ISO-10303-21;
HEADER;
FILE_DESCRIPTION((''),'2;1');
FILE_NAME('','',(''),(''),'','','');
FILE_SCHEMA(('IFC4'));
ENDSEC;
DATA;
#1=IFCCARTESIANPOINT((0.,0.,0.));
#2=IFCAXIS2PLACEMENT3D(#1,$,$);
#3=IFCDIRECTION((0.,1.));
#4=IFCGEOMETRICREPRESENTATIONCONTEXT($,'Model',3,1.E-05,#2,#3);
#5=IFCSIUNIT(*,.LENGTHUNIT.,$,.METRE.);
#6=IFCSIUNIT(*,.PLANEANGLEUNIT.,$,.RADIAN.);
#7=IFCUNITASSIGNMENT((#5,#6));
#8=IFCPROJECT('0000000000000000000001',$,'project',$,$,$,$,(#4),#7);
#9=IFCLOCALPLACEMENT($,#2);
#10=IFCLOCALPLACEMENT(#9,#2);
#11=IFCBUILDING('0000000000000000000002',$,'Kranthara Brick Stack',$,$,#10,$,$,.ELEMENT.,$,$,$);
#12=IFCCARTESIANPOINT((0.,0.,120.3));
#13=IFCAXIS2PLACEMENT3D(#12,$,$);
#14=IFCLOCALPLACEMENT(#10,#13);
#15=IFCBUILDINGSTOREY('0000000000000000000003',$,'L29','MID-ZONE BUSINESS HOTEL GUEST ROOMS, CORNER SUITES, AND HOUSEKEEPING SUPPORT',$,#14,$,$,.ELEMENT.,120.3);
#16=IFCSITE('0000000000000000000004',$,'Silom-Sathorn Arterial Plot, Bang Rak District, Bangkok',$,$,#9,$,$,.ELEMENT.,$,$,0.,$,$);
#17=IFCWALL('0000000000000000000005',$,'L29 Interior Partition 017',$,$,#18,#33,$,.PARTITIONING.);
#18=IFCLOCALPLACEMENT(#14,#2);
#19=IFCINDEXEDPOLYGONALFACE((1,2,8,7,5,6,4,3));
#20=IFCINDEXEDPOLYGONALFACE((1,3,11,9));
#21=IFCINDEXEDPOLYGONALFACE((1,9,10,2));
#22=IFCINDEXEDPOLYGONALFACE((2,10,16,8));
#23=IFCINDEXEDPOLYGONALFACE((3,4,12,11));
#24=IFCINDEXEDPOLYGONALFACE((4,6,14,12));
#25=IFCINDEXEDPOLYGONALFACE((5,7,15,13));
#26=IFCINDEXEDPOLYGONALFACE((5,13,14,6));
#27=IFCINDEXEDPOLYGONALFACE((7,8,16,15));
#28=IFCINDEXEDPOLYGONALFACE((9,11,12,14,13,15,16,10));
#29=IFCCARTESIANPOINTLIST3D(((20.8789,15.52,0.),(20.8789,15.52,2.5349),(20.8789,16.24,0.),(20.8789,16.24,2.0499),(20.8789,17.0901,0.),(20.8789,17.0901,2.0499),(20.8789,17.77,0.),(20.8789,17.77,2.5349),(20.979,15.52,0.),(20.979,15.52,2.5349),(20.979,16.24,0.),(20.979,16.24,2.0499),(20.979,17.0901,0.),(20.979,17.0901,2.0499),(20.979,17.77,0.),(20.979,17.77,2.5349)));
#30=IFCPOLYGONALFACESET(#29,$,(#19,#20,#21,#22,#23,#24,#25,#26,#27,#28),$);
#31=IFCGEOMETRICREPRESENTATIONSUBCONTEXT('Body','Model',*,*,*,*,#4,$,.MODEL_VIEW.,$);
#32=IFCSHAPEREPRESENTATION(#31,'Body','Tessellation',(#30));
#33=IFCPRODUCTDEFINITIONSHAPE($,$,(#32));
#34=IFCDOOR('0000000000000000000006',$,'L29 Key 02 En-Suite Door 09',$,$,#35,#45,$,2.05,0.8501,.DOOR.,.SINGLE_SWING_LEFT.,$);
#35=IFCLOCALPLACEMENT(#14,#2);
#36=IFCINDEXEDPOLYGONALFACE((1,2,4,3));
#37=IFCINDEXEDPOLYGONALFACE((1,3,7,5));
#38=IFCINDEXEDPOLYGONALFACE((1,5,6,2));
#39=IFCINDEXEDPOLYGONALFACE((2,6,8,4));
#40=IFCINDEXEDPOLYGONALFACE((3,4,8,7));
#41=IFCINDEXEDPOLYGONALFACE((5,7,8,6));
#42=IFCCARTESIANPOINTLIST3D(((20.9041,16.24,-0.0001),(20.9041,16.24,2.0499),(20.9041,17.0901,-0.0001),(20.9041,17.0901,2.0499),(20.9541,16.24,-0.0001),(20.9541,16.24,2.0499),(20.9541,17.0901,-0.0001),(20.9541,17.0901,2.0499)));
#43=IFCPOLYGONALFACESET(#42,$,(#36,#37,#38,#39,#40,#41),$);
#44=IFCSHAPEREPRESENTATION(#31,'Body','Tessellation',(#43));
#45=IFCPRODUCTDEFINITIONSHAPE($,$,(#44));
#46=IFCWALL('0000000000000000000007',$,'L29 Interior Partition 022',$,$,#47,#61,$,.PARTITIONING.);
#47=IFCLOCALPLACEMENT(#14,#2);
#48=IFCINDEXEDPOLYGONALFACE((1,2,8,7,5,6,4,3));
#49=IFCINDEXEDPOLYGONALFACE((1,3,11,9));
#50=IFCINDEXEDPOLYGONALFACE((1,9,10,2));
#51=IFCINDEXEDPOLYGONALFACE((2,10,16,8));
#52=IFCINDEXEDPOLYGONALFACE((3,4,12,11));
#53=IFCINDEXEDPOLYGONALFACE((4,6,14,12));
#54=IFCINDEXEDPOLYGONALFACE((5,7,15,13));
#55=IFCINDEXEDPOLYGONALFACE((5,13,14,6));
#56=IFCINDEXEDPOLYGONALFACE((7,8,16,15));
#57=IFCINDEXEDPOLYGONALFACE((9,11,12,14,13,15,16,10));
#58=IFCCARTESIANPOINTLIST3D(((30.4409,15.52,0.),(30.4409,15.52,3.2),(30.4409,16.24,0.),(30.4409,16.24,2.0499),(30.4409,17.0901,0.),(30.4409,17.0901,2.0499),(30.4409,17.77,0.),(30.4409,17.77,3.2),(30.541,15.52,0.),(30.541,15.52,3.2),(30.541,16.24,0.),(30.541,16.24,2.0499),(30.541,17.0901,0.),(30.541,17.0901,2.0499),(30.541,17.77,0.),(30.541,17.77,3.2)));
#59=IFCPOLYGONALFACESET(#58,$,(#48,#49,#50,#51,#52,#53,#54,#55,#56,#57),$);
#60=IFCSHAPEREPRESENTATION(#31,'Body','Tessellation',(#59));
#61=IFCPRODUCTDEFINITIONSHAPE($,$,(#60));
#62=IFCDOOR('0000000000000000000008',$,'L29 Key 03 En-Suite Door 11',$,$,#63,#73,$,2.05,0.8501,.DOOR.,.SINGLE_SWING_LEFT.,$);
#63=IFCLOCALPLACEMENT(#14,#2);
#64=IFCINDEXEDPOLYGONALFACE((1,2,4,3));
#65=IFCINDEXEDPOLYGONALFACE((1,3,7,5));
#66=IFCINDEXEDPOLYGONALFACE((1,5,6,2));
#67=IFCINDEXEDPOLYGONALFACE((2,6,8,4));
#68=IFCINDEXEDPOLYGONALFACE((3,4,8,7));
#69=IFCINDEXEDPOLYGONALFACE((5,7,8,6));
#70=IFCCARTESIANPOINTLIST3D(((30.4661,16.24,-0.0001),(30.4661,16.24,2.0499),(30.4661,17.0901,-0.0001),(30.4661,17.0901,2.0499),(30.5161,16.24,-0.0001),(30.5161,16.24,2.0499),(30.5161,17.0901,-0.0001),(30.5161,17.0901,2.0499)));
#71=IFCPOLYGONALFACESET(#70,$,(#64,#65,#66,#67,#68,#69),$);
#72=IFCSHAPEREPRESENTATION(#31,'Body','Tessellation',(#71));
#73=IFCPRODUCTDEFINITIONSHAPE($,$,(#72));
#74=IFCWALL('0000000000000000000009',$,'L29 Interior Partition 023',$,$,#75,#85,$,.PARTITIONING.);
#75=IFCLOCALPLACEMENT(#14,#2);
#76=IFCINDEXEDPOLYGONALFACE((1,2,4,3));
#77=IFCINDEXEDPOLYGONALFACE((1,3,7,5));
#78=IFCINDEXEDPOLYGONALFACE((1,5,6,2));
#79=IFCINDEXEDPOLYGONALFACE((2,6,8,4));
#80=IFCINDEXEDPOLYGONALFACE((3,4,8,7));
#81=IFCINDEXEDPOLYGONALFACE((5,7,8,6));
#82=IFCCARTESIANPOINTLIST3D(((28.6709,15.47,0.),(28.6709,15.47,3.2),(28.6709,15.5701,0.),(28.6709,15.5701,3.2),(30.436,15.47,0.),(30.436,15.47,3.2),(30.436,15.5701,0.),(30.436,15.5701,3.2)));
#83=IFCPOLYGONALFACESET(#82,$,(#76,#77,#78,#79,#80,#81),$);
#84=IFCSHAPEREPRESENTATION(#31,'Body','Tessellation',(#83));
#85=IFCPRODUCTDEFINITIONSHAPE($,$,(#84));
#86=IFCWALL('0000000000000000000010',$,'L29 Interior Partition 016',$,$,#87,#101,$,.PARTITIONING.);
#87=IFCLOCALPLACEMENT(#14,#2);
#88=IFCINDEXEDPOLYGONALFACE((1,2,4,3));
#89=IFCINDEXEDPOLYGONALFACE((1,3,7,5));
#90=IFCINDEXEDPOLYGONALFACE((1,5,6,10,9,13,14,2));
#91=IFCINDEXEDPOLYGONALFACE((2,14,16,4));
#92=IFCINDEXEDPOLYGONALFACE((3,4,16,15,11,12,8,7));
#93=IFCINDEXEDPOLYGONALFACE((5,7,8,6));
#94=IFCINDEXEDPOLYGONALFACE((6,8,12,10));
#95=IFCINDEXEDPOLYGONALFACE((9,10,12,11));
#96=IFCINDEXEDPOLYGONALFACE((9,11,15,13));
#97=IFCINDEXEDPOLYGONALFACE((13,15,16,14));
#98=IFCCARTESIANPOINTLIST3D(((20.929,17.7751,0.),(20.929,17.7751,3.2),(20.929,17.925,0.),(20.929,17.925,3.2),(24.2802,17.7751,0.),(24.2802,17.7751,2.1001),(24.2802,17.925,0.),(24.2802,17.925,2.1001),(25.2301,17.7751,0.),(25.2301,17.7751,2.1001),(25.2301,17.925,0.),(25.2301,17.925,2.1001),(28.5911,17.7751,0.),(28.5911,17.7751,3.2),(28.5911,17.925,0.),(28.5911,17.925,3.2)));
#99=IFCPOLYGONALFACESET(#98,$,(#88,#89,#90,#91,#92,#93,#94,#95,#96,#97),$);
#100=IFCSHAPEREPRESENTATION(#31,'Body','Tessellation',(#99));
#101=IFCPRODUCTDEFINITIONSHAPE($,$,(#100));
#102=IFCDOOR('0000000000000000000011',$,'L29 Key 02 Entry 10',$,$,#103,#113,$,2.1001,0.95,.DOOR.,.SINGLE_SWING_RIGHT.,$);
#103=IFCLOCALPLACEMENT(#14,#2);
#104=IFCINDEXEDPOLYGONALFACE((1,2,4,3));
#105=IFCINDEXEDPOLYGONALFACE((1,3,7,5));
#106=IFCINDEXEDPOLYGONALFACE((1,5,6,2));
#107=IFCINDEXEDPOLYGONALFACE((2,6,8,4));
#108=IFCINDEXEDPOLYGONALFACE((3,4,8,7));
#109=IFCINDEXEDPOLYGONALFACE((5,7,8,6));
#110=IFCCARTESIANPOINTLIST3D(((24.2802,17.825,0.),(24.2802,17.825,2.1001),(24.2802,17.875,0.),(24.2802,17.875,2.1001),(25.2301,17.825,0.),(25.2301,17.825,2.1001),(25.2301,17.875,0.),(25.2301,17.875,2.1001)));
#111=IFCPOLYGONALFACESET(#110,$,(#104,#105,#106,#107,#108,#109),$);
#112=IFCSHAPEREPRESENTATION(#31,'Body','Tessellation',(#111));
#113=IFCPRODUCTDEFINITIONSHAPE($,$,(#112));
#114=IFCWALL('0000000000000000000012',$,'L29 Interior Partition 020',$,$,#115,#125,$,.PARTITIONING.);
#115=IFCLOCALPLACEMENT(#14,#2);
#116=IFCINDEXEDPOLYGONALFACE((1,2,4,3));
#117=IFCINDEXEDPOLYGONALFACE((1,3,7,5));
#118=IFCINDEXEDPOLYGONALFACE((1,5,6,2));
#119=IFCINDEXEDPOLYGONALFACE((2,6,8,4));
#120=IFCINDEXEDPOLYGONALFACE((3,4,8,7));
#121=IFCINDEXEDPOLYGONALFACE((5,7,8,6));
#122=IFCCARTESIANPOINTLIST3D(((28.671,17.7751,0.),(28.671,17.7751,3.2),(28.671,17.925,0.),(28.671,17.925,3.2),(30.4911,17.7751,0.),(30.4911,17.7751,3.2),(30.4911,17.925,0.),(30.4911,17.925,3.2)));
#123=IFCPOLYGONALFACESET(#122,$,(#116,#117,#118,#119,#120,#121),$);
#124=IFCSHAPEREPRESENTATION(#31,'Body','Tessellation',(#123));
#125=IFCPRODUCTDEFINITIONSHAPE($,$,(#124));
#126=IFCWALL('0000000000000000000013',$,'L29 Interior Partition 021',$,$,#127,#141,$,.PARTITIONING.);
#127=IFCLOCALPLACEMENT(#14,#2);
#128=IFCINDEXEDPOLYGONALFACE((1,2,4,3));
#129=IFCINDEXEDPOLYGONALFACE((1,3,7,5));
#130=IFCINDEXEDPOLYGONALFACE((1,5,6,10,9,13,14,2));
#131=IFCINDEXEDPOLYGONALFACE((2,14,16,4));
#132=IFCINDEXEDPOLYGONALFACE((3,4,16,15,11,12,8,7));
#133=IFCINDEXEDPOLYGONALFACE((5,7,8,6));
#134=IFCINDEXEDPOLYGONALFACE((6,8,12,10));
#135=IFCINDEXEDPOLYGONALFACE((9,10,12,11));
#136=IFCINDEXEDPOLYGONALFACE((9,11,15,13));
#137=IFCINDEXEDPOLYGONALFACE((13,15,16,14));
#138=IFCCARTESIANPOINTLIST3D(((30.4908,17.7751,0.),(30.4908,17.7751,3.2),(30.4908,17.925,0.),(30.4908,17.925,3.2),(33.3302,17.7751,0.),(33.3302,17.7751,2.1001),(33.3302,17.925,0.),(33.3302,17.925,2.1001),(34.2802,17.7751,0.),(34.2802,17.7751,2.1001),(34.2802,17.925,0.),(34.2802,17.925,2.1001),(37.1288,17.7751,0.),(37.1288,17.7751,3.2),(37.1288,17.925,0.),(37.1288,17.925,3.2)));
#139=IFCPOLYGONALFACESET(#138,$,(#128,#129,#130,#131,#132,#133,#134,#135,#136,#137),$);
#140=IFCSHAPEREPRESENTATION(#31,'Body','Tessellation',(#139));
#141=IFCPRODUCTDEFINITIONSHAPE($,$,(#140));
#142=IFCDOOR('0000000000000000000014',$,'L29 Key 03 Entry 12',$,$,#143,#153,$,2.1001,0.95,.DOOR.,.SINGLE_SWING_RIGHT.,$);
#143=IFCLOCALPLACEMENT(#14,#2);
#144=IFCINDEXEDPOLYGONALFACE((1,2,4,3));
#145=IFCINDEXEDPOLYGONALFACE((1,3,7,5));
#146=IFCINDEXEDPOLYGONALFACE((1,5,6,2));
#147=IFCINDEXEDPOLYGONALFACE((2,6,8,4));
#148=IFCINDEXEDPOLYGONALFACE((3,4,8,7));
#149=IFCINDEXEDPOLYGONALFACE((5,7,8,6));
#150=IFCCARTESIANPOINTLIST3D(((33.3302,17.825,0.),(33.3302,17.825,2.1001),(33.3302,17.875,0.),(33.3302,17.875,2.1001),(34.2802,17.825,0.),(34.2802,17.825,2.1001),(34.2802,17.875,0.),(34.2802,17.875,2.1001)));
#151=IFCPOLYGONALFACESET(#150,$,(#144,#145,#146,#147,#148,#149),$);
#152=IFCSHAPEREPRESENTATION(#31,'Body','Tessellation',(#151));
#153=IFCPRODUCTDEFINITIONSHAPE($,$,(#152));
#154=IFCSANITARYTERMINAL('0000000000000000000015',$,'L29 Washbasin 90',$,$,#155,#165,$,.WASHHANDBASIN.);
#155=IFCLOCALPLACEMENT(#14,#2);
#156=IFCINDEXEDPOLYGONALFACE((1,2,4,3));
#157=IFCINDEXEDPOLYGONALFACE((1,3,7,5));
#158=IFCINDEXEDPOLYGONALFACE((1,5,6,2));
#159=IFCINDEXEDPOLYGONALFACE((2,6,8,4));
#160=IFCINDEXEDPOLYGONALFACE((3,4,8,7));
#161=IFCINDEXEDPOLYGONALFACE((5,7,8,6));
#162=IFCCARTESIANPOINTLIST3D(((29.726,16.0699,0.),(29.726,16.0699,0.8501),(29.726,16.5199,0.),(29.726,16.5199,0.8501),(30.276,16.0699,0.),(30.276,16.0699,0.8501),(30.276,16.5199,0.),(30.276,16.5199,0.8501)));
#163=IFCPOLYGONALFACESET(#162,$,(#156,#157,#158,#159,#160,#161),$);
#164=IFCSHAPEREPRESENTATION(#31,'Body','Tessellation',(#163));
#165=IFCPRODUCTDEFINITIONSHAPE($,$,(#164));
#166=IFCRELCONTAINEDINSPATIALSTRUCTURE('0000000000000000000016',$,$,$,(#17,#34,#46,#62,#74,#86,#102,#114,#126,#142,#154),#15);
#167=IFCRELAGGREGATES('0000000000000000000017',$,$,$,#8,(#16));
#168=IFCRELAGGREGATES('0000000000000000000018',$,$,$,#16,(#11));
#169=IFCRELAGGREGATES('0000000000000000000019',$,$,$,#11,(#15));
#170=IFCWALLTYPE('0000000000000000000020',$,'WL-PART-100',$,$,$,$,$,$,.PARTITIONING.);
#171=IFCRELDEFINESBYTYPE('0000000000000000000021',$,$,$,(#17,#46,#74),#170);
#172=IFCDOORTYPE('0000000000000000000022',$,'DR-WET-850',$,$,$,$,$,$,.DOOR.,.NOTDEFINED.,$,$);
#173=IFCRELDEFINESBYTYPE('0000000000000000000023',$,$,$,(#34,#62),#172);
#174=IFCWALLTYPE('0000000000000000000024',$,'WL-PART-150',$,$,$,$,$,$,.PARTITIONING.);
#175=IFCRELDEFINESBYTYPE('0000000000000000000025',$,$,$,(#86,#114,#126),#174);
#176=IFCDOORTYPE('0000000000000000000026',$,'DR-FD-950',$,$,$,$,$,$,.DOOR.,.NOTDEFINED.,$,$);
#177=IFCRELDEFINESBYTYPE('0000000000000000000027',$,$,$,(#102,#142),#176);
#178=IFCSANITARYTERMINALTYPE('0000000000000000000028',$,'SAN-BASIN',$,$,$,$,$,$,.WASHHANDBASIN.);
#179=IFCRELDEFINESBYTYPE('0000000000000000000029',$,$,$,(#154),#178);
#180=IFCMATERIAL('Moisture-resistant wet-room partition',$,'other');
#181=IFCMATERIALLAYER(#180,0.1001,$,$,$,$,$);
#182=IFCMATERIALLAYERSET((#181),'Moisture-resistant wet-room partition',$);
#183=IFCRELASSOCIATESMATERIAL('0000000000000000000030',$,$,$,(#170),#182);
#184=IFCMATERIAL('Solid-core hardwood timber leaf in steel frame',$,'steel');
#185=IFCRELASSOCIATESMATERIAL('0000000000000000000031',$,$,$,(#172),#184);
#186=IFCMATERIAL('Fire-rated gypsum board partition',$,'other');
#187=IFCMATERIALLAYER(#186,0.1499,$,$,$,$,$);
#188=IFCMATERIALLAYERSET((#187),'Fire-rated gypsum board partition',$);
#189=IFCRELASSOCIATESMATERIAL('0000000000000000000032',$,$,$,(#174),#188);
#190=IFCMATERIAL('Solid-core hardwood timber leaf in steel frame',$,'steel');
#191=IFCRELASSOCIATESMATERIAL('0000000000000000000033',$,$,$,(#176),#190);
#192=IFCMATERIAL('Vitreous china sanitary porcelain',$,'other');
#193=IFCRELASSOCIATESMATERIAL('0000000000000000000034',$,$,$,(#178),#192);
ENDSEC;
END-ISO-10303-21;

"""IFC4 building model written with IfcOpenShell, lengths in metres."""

from ifc_helpers import new_model, si_unit, direction, frame, frame_2d, origin, origin_2d, place, context, subcontext, project, spatial, rectangle, extrude, material, layer, layer_set, type_object, element, fill, save


model = new_model("IFC4")

# Units and contexts
model_context = context("Model", 3, precision=1e-05, world=origin(), true_north=direction((0.0, 1.0)))
body_context = subcontext(model_context, "Body", "Model", "MODEL_VIEW")
ifc_project = project(units=[si_unit("LENGTHUNIT", "METRE"), si_unit("PLANEANGLEUNIT", "RADIAN")], contexts=[model_context])

# Site, building, storey
site_placement = place(None, origin())
site = spatial("IfcSite", under=ifc_project, at=site_placement, Name="Silom-Sathorn Arterial Plot, Bang Rak District, Bangkok", CompositionType="ELEMENT", RefElevation=0.0)
building_placement = place(site_placement, origin())
building = spatial("IfcBuilding", under=site, at=building_placement, Name="Kranthara Brick Stack", CompositionType="ELEMENT")
storey_placement = place(building_placement, frame((0.0, 0.0, 120.3)))
storey = spatial("IfcBuildingStorey", under=building, at=storey_placement, Name="L29", Description="MID-ZONE BUSINESS HOTEL GUEST ROOMS, CORNER SUITES, AND HOUSEKEEPING SUPPORT", CompositionType="ELEMENT", Elevation=120.3)

# Walls, openings, doors
ifc_material_1 = material(Name="Moisture-resistant wet-room partition", Category="other")
ifc_layer_1 = layer(ifc_material_1, 0.1001)
ifc_layer_set_1 = layer_set([ifc_layer_1], Name="Moisture-resistant wet-room partition")
wall_type_1 = type_object("IfcWallType", Name="WL-PART-100", PredefinedType="PARTITIONING", material=ifc_layer_set_1)
wall_1_placement = place(storey_placement, frame((20.929, 15.52, 0.0), z_axis=(0.0, 0.0, 1.0), x_axis=(0.0, 1.0, 0.0)))
wall_1 = element("IfcWall", 1, at=wall_1_placement, inside=storey, type_object=wall_type_1, Name="L29 Interior Partition 017", PredefinedType="PARTITIONING", context=body_context, shape_type="SweptSolid", body=[
    extrude(rectangle(XDim=2.25, YDim=0.1001, at=frame_2d((1.125, 0.0))), origin(), (0.0, 0.0, 1.0), 2.5349),
])
opening_1_placement = place(wall_1_placement, frame((0.72, 0.0, 0.0)))
opening_1 = element("IfcOpeningElement", 2, at=opening_1_placement, cuts=wall_1, PredefinedType="OPENING", context=body_context, shape_type="SweptSolid", body=[
    extrude(rectangle(XDim=0.8501, YDim=2.05, at=frame_2d((0.425, 1.0249))), frame((0.0, 0.0601, 0.0), z_axis=(0.0, -1.0, 0.0), x_axis=(1.0, 0.0, 0.0)), (0.0, 0.0, 1.0), 0.1201),
])
ifc_material_2 = material(Name="Solid-core hardwood timber leaf in steel frame", Category="steel")
door_type_1 = type_object("IfcDoorType", Name="DR-WET-850", OperationType="NOTDEFINED", PredefinedType="DOOR", material=ifc_material_2)
door_1_placement = place(opening_1_placement, origin())
door_1 = element("IfcDoor", 3, at=door_1_placement, inside=storey, type_object=door_type_1, Name="L29 Key 02 En-Suite Door 09", OperationType="SINGLE_SWING_LEFT", OverallHeight=2.05, OverallWidth=0.8501, PredefinedType="DOOR", context=body_context, shape_type="SweptSolid", body=[
    extrude(rectangle(XDim=0.8501, YDim=2.05, at=frame_2d((0.425, 1.0249))), frame((0.0, 0.0249, 0.0), z_axis=(0.0, -1.0, 0.0), x_axis=(1.0, 0.0, 0.0)), (0.0, 0.0, 1.0), 0.05),
])
fill(opening_1, door_1)
wall_2_placement = place(storey_placement, frame((30.491, 15.52, 0.0), z_axis=(0.0, 0.0, 1.0), x_axis=(0.0, 1.0, 0.0)))
wall_2 = element("IfcWall", 4, at=wall_2_placement, inside=storey, type_object=wall_type_1, Name="L29 Interior Partition 022", PredefinedType="PARTITIONING", context=body_context, shape_type="SweptSolid", body=[
    extrude(rectangle(XDim=2.25, YDim=0.1001, at=frame_2d((1.125, 0.0))), origin(), (0.0, 0.0, 1.0), 3.2),
])
opening_2_placement = place(wall_2_placement, frame((0.72, 0.0, 0.0)))
opening_2 = element("IfcOpeningElement", 5, at=opening_2_placement, cuts=wall_2, PredefinedType="OPENING", context=body_context, shape_type="SweptSolid", body=[
    extrude(rectangle(XDim=0.8501, YDim=2.05, at=frame_2d((0.425, 1.0249))), frame((0.0, 0.0601, 0.0), z_axis=(0.0, -1.0, 0.0), x_axis=(1.0, 0.0, 0.0)), (0.0, 0.0, 1.0), 0.1201),
])
door_2_placement = place(opening_2_placement, origin())
door_2 = element("IfcDoor", 6, at=door_2_placement, inside=storey, type_object=door_type_1, Name="L29 Key 03 En-Suite Door 11", OperationType="SINGLE_SWING_LEFT", OverallHeight=2.05, OverallWidth=0.8501, PredefinedType="DOOR", context=body_context, shape_type="SweptSolid", body=[
    extrude(rectangle(XDim=0.8501, YDim=2.05, at=frame_2d((0.425, 1.0249))), frame((0.0, 0.0249, 0.0), z_axis=(0.0, -1.0, 0.0), x_axis=(1.0, 0.0, 0.0)), (0.0, 0.0, 1.0), 0.05),
])
fill(opening_2, door_2)

# Wall
wall_3_placement = place(storey_placement, frame((28.6709, 15.52, 0.0), z_axis=(0.0, 0.0, 1.0), x_axis=(1.0, 0.0, 0.0)))
element("IfcWall", 7, at=wall_3_placement, inside=storey, type_object=wall_type_1, Name="L29 Interior Partition 023", PredefinedType="PARTITIONING", context=body_context, shape_type="SweptSolid", body=[
    extrude(rectangle(XDim=1.7651, YDim=0.1001, at=frame_2d((0.8826, 0.0))), origin(), (0.0, 0.0, 1.0), 3.2),
])

# Wall, opening, door
ifc_material_3 = material(Name="Fire-rated gypsum board partition", Category="other")
ifc_layer_2 = layer(ifc_material_3, 0.1499)
ifc_layer_set_2 = layer_set([ifc_layer_2], Name="Fire-rated gypsum board partition")
wall_type_2 = type_object("IfcWallType", Name="WL-PART-150", PredefinedType="PARTITIONING", material=ifc_layer_set_2)
wall_4_placement = place(storey_placement, frame((20.929, 17.8501, 0.0), z_axis=(0.0, 0.0, 1.0), x_axis=(1.0, 0.0, 0.0)))
wall_4 = element("IfcWall", 8, at=wall_4_placement, inside=storey, type_object=wall_type_2, Name="L29 Interior Partition 016", PredefinedType="PARTITIONING", context=body_context, shape_type="SweptSolid", body=[
    extrude(rectangle(XDim=7.6621, YDim=0.1499, at=frame_2d((3.8311, 0.0))), origin(), (0.0, 0.0, 1.0), 3.2),
])
opening_3_placement = place(wall_4_placement, frame((3.3511, 0.0, 0.0)))
opening_3 = element("IfcOpeningElement", 9, at=opening_3_placement, cuts=wall_4, PredefinedType="OPENING", context=body_context, shape_type="SweptSolid", body=[
    extrude(rectangle(XDim=0.95, YDim=2.1001, at=frame_2d((0.4751, 1.05))), frame((0.0, 0.085, 0.0), z_axis=(0.0, -1.0, 0.0), x_axis=(1.0, 0.0, 0.0)), (0.0, 0.0, 1.0), 0.1699),
])
ifc_material_4 = material(Name="Solid-core hardwood timber leaf in steel frame", Category="steel")
door_type_2 = type_object("IfcDoorType", Name="DR-FD-950", OperationType="NOTDEFINED", PredefinedType="DOOR", material=ifc_material_4)
door_3_placement = place(opening_3_placement, origin())
door_3 = element("IfcDoor", 10, at=door_3_placement, inside=storey, type_object=door_type_2, Name="L29 Key 02 Entry 10", OperationType="SINGLE_SWING_RIGHT", OverallHeight=2.1001, OverallWidth=0.95, PredefinedType="DOOR", context=body_context, shape_type="SweptSolid", body=[
    extrude(rectangle(XDim=0.95, YDim=2.1001, at=frame_2d((0.4751, 1.05))), frame((0.0, 0.0249, 0.0), z_axis=(0.0, -1.0, 0.0), x_axis=(1.0, 0.0, 0.0)), (0.0, 0.0, 1.0), 0.05),
])
fill(opening_3, door_3)

# Wall
wall_5_placement = place(storey_placement, frame((28.6709, 17.8501, 0.0), z_axis=(0.0, 0.0, 1.0), x_axis=(1.0, 0.0, 0.0)))
element("IfcWall", 11, at=wall_5_placement, inside=storey, type_object=wall_type_2, Name="L29 Interior Partition 020", PredefinedType="PARTITIONING", context=body_context, shape_type="SweptSolid", body=[
    extrude(rectangle(XDim=1.8201, YDim=0.1499, at=frame_2d((0.9102, 0.0))), origin(), (0.0, 0.0, 1.0), 3.2),
])

# Wall, opening, door
wall_6_placement = place(storey_placement, frame((30.491, 17.8501, 0.0), z_axis=(0.0, 0.0, 1.0), x_axis=(1.0, 0.0, 0.0)))
wall_6 = element("IfcWall", 12, at=wall_6_placement, inside=storey, type_object=wall_type_2, Name="L29 Interior Partition 021", PredefinedType="PARTITIONING", context=body_context, shape_type="SweptSolid", body=[
    extrude(rectangle(XDim=6.6379, YDim=0.1499, at=frame_2d((3.3188, 0.0))), origin(), (0.0, 0.0, 1.0), 3.2),
])
opening_4_placement = place(wall_6_placement, frame((2.8391, 0.0, 0.0)))
opening_4 = element("IfcOpeningElement", 13, at=opening_4_placement, cuts=wall_6, PredefinedType="OPENING", context=body_context, shape_type="SweptSolid", body=[
    extrude(rectangle(XDim=0.95, YDim=2.1001, at=frame_2d((0.4751, 1.05))), frame((0.0, 0.085, 0.0), z_axis=(0.0, -1.0, 0.0), x_axis=(1.0, 0.0, 0.0)), (0.0, 0.0, 1.0), 0.1699),
])
door_4_placement = place(opening_4_placement, origin())
door_4 = element("IfcDoor", 14, at=door_4_placement, inside=storey, type_object=door_type_2, Name="L29 Key 03 Entry 12", OperationType="SINGLE_SWING_RIGHT", OverallHeight=2.1001, OverallWidth=0.95, PredefinedType="DOOR", context=body_context, shape_type="SweptSolid", body=[
    extrude(rectangle(XDim=0.95, YDim=2.1001, at=frame_2d((0.4751, 1.05))), frame((0.0, 0.0249, 0.0), z_axis=(0.0, -1.0, 0.0), x_axis=(1.0, 0.0, 0.0)), (0.0, 0.0, 1.0), 0.05),
])
fill(opening_4, door_4)

# Sanitary terminal
ifc_material_5 = material(Name="Vitreous china sanitary porcelain", Category="other")
sanitary_terminal_type_1 = type_object("IfcSanitaryTerminalType", Name="SAN-BASIN", PredefinedType="WASHHANDBASIN", material=ifc_material_5)
sanitary_terminal_1_placement = place(storey_placement, frame((30.001, 16.2949, 0.0), z_axis=(0.0, 0.0, 1.0), x_axis=(1.0, 0.0, 0.0)))
element("IfcSanitaryTerminal", 15, at=sanitary_terminal_1_placement, inside=storey, type_object=sanitary_terminal_type_1, Name="L29 Washbasin 90", PredefinedType="WASHHANDBASIN", context=body_context, shape_type="SweptSolid", body=[
    extrude(rectangle(XDim=0.55, YDim=0.45, at=origin_2d()), origin(), (0.0, 0.0, 1.0), 0.8501),
])

save(model, "model.ifc")
